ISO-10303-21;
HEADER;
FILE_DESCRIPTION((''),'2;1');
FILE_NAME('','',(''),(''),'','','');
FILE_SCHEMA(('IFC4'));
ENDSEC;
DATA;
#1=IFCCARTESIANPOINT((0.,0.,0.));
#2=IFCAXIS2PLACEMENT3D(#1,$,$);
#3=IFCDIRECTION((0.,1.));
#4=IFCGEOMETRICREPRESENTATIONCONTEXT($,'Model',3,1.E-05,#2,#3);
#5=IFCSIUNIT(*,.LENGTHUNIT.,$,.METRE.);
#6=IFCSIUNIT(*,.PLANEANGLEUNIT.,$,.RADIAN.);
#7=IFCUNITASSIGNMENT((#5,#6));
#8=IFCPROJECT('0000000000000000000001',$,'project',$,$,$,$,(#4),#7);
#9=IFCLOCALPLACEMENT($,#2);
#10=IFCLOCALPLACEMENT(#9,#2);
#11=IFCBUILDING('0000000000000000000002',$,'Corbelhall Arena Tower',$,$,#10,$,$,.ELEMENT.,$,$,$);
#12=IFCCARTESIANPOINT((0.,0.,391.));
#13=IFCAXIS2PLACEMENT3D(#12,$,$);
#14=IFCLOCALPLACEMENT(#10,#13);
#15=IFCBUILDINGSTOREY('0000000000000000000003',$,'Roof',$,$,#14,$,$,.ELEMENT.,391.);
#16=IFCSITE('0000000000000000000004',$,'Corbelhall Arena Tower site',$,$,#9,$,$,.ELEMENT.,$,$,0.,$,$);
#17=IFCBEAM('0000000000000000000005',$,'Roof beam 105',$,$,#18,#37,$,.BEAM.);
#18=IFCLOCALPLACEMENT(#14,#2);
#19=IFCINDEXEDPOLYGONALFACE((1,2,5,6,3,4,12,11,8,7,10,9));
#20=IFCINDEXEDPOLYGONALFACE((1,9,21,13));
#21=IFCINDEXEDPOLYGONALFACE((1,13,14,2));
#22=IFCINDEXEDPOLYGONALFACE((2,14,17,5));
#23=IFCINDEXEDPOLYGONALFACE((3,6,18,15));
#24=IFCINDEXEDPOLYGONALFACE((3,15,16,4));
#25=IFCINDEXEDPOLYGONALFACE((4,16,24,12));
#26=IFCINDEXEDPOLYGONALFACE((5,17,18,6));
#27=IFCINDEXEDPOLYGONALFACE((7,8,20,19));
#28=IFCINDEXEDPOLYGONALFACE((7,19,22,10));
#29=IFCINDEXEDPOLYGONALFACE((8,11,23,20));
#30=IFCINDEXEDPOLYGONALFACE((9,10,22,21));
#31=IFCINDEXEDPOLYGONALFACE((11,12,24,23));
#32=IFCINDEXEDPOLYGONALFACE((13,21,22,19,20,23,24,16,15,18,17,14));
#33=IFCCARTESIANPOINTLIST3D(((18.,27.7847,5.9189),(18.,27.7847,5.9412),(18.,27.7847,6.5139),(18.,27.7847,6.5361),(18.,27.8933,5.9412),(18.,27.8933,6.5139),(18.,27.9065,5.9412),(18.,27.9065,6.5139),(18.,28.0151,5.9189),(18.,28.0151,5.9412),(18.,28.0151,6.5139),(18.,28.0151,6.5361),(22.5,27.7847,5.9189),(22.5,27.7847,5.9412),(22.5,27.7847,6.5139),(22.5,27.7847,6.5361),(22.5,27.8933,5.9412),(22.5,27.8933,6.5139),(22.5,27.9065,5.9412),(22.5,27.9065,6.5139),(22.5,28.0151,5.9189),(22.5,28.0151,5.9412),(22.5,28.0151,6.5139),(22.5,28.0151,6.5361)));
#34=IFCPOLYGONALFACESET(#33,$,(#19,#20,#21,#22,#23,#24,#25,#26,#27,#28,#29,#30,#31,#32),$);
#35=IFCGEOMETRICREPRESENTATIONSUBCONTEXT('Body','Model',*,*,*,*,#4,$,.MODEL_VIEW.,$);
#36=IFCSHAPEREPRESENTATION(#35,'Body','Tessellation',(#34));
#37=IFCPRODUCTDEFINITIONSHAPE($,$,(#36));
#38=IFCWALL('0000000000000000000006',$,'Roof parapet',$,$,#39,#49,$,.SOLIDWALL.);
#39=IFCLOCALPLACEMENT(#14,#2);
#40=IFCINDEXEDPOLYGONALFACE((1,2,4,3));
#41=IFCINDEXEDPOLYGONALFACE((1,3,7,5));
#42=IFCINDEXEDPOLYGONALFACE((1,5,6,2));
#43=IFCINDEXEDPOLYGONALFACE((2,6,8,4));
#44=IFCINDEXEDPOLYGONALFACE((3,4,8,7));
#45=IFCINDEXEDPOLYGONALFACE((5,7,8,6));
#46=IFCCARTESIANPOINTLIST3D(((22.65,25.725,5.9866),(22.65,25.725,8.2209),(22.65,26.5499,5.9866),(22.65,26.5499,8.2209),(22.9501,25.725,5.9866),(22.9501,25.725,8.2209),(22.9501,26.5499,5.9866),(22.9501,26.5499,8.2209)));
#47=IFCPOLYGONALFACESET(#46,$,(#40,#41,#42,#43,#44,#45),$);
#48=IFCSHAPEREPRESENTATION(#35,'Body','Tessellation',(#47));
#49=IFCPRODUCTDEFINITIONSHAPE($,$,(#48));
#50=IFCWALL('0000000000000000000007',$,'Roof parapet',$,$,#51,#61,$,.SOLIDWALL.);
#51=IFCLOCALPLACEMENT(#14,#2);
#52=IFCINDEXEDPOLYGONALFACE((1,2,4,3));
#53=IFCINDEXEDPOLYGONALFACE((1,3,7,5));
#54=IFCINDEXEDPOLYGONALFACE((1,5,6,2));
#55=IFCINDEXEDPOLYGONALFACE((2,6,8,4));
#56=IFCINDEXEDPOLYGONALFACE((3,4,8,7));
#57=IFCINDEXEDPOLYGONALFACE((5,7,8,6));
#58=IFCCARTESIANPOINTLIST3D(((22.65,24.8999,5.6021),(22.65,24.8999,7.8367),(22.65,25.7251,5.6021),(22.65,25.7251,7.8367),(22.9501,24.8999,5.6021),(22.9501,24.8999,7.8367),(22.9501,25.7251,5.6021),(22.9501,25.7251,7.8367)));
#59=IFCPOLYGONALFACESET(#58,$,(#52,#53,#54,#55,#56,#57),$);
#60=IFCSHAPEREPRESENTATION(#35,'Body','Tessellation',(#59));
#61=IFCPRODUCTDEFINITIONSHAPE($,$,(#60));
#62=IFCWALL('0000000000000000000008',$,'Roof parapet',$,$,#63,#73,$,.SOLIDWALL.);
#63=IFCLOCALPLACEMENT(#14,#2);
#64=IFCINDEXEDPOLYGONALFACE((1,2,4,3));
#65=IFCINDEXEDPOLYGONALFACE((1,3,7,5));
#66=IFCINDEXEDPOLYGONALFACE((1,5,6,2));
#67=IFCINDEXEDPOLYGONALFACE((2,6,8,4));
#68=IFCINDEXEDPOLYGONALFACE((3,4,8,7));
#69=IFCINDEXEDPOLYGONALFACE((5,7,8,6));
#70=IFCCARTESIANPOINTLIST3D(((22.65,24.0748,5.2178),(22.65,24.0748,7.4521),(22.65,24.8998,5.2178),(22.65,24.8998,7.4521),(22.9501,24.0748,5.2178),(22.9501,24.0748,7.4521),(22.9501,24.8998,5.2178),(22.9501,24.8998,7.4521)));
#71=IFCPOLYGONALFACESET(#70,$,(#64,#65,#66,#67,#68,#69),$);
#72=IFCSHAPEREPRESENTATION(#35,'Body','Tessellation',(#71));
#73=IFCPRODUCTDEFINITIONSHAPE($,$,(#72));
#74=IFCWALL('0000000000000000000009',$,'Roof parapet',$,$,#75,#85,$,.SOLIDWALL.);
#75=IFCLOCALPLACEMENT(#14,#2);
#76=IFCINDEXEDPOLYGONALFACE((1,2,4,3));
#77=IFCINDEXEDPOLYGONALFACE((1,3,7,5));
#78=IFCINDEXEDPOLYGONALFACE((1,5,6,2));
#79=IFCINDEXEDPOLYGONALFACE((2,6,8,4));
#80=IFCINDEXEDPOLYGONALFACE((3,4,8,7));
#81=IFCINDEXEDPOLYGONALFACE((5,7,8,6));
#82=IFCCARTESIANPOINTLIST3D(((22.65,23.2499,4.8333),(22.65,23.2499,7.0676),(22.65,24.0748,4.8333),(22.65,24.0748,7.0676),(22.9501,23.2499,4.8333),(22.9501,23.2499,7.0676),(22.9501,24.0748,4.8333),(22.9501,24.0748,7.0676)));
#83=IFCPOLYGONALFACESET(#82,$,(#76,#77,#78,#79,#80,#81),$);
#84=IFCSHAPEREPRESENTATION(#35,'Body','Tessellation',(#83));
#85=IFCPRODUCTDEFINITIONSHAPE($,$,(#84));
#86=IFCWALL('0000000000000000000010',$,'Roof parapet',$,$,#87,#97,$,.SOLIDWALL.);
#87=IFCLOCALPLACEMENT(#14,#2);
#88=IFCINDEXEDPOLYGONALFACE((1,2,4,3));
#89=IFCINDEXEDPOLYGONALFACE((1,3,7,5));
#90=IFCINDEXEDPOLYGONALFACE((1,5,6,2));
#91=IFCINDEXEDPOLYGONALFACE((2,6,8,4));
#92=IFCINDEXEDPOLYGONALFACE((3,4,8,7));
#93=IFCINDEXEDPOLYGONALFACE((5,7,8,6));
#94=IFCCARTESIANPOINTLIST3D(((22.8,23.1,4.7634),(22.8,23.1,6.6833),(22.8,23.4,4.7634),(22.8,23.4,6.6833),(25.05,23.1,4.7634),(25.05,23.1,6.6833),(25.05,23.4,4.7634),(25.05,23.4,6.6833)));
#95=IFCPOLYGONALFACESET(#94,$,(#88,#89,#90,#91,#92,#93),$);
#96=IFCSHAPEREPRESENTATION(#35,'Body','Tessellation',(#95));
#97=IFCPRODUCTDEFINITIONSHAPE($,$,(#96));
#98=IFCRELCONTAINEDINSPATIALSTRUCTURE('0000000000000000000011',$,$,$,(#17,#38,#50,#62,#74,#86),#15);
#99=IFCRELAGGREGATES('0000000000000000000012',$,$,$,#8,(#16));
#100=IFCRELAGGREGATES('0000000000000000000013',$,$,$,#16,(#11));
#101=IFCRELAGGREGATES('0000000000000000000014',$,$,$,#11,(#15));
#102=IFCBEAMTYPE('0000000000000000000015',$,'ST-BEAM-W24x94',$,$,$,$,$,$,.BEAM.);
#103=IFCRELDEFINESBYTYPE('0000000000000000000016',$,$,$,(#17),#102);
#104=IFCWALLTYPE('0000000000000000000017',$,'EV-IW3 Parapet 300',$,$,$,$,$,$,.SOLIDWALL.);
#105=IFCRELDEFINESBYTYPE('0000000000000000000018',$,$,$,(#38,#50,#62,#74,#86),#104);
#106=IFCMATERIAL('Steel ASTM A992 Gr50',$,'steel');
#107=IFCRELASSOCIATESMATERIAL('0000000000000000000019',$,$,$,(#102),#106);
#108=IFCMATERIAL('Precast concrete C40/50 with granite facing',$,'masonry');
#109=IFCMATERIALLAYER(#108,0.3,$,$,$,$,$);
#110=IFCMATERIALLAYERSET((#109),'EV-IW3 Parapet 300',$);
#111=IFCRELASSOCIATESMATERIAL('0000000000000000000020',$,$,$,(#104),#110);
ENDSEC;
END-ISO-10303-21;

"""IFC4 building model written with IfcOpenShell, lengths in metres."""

from ifc_helpers import new_model, si_unit, direction, frame, frame_2d, origin, origin_2d, place, context, subcontext, project, spatial, rectangle, i_section, extrude, material, layer, layer_set, material_profile, profile_set, type_object, element, save


model = new_model("IFC4")

# Units and contexts
model_context = context("Model", 3, precision=1e-05, world=origin(), true_north=direction((0.0, 1.0)))
body_context = subcontext(model_context, "Body", "Model", "MODEL_VIEW")
ifc_project = project(units=[si_unit("LENGTHUNIT", "METRE"), si_unit("PLANEANGLEUNIT", "RADIAN")], contexts=[model_context])

# Site, building, storey
site_placement = place(None, origin())
site = spatial("IfcSite", under=ifc_project, at=site_placement, Name="Corbelhall Arena Tower site", CompositionType="ELEMENT", RefElevation=0.0)
building_placement = place(site_placement, origin())
building = spatial("IfcBuilding", under=site, at=building_placement, Name="Corbelhall Arena Tower", CompositionType="ELEMENT")
storey_placement = place(building_placement, frame((0.0, 0.0, 391.0)))
storey = spatial("IfcBuildingStorey", under=building, at=storey_placement, Name="Roof", CompositionType="ELEMENT", Elevation=391.0)

# Beam
ifc_material_1 = material(Name="Steel ASTM A992 Gr50", Category="steel")
ifc_material_profile_1 = material_profile(ifc_material_1, i_section(OverallWidth=0.2305, OverallDepth=0.6172, WebThickness=0.0132, FlangeThickness=0.0222, at=origin_2d()))
ifc_profile_set_1 = profile_set([ifc_material_profile_1], Name="Steel ASTM A992 Gr50")
beam_type = type_object("IfcBeamType", Name="ST-BEAM-W24x94", PredefinedType="BEAM", material=ifc_profile_set_1)
for number, where, z_axis, x_axis, name in (
    (1, (18.0, 27.8999, 6.2275), (1.0, 0.0, 0.0), (0.0, 1.0, 0.0), "Roof beam 105"),
):
    element("IfcBeam", number, at=place(storey_placement, frame(where, z_axis=z_axis, x_axis=x_axis)), inside=storey, type_object=beam_type, Name=name, PredefinedType="BEAM", context=body_context, shape_type="SweptSolid", body=[
        extrude(i_section(OverallWidth=0.2305, OverallDepth=0.6172, WebThickness=0.0132, FlangeThickness=0.0222, at=origin_2d()), origin(), (0.0, 0.0, 1.0), 4.5),
    ])

# Walls
ifc_material_2 = material(Name="Precast concrete C40/50 with granite facing", Category="masonry")
ifc_layer = layer(ifc_material_2, 0.3)
ifc_layer_set = layer_set([ifc_layer], Name="EV-IW3 Parapet 300")
wall_type = type_object("IfcWallType", Name="EV-IW3 Parapet 300", PredefinedType="SOLIDWALL", material=ifc_layer_set)
wall_1_placement = place(storey_placement, frame((22.8, 26.55, 5.9866), z_axis=(0.0, 0.0, 1.0), x_axis=(0.0, -1.0, 0.0)))
element("IfcWall", 2, at=wall_1_placement, inside=storey, type_object=wall_type, Name="Roof parapet", PredefinedType="SOLIDWALL", context=body_context, shape_type="SweptSolid", body=[
    extrude(rectangle(XDim=0.825, YDim=0.3, at=frame_2d((0.4126, 0.0))), origin(), (0.0, 0.0, 1.0), 2.2344),
])
wall_2_placement = place(storey_placement, frame((22.8, 25.7251, 5.6021), z_axis=(0.0, 0.0, 1.0), x_axis=(0.0, -1.0, 0.0)))
element("IfcWall", 3, at=wall_2_placement, inside=storey, type_object=wall_type, Name="Roof parapet", PredefinedType="SOLIDWALL", context=body_context, shape_type="SweptSolid", body=[
    extrude(rectangle(XDim=0.8252, YDim=0.3, at=frame_2d((0.4126, 0.0))), origin(), (0.0, 0.0, 1.0), 2.2346),
])
for number, where, z_axis, x_axis, name in (
    (4, (22.8, 24.8999, 5.2178), (0.0, 0.0, 1.0), (0.0, -1.0, 0.0), "Roof parapet"),
    (5, (22.8, 24.075, 4.8333), (0.0, 0.0, 1.0), (0.0, -1.0, 0.0), "Roof parapet"),
):
    element("IfcWall", number, at=place(storey_placement, frame(where, z_axis=z_axis, x_axis=x_axis)), inside=storey, type_object=wall_type, Name=name, PredefinedType="SOLIDWALL", context=body_context, shape_type="SweptSolid", body=[
        extrude(rectangle(XDim=0.825, YDim=0.3, at=frame_2d((0.4126, 0.0))), origin(), (0.0, 0.0, 1.0), 2.2344),
    ])
wall_3_placement = place(storey_placement, frame((22.8, 23.25, 4.7634), z_axis=(0.0, 0.0, 1.0), x_axis=(1.0, 0.0, 0.0)))
element("IfcWall", 6, at=wall_3_placement, inside=storey, type_object=wall_type, Name="Roof parapet", PredefinedType="SOLIDWALL", context=body_context, shape_type="SweptSolid", body=[
    extrude(rectangle(XDim=2.25, YDim=0.3, at=frame_2d((1.125, 0.0))), origin(), (0.0, 0.0, 1.0), 1.9199),
])

save(model, "model.ifc")
